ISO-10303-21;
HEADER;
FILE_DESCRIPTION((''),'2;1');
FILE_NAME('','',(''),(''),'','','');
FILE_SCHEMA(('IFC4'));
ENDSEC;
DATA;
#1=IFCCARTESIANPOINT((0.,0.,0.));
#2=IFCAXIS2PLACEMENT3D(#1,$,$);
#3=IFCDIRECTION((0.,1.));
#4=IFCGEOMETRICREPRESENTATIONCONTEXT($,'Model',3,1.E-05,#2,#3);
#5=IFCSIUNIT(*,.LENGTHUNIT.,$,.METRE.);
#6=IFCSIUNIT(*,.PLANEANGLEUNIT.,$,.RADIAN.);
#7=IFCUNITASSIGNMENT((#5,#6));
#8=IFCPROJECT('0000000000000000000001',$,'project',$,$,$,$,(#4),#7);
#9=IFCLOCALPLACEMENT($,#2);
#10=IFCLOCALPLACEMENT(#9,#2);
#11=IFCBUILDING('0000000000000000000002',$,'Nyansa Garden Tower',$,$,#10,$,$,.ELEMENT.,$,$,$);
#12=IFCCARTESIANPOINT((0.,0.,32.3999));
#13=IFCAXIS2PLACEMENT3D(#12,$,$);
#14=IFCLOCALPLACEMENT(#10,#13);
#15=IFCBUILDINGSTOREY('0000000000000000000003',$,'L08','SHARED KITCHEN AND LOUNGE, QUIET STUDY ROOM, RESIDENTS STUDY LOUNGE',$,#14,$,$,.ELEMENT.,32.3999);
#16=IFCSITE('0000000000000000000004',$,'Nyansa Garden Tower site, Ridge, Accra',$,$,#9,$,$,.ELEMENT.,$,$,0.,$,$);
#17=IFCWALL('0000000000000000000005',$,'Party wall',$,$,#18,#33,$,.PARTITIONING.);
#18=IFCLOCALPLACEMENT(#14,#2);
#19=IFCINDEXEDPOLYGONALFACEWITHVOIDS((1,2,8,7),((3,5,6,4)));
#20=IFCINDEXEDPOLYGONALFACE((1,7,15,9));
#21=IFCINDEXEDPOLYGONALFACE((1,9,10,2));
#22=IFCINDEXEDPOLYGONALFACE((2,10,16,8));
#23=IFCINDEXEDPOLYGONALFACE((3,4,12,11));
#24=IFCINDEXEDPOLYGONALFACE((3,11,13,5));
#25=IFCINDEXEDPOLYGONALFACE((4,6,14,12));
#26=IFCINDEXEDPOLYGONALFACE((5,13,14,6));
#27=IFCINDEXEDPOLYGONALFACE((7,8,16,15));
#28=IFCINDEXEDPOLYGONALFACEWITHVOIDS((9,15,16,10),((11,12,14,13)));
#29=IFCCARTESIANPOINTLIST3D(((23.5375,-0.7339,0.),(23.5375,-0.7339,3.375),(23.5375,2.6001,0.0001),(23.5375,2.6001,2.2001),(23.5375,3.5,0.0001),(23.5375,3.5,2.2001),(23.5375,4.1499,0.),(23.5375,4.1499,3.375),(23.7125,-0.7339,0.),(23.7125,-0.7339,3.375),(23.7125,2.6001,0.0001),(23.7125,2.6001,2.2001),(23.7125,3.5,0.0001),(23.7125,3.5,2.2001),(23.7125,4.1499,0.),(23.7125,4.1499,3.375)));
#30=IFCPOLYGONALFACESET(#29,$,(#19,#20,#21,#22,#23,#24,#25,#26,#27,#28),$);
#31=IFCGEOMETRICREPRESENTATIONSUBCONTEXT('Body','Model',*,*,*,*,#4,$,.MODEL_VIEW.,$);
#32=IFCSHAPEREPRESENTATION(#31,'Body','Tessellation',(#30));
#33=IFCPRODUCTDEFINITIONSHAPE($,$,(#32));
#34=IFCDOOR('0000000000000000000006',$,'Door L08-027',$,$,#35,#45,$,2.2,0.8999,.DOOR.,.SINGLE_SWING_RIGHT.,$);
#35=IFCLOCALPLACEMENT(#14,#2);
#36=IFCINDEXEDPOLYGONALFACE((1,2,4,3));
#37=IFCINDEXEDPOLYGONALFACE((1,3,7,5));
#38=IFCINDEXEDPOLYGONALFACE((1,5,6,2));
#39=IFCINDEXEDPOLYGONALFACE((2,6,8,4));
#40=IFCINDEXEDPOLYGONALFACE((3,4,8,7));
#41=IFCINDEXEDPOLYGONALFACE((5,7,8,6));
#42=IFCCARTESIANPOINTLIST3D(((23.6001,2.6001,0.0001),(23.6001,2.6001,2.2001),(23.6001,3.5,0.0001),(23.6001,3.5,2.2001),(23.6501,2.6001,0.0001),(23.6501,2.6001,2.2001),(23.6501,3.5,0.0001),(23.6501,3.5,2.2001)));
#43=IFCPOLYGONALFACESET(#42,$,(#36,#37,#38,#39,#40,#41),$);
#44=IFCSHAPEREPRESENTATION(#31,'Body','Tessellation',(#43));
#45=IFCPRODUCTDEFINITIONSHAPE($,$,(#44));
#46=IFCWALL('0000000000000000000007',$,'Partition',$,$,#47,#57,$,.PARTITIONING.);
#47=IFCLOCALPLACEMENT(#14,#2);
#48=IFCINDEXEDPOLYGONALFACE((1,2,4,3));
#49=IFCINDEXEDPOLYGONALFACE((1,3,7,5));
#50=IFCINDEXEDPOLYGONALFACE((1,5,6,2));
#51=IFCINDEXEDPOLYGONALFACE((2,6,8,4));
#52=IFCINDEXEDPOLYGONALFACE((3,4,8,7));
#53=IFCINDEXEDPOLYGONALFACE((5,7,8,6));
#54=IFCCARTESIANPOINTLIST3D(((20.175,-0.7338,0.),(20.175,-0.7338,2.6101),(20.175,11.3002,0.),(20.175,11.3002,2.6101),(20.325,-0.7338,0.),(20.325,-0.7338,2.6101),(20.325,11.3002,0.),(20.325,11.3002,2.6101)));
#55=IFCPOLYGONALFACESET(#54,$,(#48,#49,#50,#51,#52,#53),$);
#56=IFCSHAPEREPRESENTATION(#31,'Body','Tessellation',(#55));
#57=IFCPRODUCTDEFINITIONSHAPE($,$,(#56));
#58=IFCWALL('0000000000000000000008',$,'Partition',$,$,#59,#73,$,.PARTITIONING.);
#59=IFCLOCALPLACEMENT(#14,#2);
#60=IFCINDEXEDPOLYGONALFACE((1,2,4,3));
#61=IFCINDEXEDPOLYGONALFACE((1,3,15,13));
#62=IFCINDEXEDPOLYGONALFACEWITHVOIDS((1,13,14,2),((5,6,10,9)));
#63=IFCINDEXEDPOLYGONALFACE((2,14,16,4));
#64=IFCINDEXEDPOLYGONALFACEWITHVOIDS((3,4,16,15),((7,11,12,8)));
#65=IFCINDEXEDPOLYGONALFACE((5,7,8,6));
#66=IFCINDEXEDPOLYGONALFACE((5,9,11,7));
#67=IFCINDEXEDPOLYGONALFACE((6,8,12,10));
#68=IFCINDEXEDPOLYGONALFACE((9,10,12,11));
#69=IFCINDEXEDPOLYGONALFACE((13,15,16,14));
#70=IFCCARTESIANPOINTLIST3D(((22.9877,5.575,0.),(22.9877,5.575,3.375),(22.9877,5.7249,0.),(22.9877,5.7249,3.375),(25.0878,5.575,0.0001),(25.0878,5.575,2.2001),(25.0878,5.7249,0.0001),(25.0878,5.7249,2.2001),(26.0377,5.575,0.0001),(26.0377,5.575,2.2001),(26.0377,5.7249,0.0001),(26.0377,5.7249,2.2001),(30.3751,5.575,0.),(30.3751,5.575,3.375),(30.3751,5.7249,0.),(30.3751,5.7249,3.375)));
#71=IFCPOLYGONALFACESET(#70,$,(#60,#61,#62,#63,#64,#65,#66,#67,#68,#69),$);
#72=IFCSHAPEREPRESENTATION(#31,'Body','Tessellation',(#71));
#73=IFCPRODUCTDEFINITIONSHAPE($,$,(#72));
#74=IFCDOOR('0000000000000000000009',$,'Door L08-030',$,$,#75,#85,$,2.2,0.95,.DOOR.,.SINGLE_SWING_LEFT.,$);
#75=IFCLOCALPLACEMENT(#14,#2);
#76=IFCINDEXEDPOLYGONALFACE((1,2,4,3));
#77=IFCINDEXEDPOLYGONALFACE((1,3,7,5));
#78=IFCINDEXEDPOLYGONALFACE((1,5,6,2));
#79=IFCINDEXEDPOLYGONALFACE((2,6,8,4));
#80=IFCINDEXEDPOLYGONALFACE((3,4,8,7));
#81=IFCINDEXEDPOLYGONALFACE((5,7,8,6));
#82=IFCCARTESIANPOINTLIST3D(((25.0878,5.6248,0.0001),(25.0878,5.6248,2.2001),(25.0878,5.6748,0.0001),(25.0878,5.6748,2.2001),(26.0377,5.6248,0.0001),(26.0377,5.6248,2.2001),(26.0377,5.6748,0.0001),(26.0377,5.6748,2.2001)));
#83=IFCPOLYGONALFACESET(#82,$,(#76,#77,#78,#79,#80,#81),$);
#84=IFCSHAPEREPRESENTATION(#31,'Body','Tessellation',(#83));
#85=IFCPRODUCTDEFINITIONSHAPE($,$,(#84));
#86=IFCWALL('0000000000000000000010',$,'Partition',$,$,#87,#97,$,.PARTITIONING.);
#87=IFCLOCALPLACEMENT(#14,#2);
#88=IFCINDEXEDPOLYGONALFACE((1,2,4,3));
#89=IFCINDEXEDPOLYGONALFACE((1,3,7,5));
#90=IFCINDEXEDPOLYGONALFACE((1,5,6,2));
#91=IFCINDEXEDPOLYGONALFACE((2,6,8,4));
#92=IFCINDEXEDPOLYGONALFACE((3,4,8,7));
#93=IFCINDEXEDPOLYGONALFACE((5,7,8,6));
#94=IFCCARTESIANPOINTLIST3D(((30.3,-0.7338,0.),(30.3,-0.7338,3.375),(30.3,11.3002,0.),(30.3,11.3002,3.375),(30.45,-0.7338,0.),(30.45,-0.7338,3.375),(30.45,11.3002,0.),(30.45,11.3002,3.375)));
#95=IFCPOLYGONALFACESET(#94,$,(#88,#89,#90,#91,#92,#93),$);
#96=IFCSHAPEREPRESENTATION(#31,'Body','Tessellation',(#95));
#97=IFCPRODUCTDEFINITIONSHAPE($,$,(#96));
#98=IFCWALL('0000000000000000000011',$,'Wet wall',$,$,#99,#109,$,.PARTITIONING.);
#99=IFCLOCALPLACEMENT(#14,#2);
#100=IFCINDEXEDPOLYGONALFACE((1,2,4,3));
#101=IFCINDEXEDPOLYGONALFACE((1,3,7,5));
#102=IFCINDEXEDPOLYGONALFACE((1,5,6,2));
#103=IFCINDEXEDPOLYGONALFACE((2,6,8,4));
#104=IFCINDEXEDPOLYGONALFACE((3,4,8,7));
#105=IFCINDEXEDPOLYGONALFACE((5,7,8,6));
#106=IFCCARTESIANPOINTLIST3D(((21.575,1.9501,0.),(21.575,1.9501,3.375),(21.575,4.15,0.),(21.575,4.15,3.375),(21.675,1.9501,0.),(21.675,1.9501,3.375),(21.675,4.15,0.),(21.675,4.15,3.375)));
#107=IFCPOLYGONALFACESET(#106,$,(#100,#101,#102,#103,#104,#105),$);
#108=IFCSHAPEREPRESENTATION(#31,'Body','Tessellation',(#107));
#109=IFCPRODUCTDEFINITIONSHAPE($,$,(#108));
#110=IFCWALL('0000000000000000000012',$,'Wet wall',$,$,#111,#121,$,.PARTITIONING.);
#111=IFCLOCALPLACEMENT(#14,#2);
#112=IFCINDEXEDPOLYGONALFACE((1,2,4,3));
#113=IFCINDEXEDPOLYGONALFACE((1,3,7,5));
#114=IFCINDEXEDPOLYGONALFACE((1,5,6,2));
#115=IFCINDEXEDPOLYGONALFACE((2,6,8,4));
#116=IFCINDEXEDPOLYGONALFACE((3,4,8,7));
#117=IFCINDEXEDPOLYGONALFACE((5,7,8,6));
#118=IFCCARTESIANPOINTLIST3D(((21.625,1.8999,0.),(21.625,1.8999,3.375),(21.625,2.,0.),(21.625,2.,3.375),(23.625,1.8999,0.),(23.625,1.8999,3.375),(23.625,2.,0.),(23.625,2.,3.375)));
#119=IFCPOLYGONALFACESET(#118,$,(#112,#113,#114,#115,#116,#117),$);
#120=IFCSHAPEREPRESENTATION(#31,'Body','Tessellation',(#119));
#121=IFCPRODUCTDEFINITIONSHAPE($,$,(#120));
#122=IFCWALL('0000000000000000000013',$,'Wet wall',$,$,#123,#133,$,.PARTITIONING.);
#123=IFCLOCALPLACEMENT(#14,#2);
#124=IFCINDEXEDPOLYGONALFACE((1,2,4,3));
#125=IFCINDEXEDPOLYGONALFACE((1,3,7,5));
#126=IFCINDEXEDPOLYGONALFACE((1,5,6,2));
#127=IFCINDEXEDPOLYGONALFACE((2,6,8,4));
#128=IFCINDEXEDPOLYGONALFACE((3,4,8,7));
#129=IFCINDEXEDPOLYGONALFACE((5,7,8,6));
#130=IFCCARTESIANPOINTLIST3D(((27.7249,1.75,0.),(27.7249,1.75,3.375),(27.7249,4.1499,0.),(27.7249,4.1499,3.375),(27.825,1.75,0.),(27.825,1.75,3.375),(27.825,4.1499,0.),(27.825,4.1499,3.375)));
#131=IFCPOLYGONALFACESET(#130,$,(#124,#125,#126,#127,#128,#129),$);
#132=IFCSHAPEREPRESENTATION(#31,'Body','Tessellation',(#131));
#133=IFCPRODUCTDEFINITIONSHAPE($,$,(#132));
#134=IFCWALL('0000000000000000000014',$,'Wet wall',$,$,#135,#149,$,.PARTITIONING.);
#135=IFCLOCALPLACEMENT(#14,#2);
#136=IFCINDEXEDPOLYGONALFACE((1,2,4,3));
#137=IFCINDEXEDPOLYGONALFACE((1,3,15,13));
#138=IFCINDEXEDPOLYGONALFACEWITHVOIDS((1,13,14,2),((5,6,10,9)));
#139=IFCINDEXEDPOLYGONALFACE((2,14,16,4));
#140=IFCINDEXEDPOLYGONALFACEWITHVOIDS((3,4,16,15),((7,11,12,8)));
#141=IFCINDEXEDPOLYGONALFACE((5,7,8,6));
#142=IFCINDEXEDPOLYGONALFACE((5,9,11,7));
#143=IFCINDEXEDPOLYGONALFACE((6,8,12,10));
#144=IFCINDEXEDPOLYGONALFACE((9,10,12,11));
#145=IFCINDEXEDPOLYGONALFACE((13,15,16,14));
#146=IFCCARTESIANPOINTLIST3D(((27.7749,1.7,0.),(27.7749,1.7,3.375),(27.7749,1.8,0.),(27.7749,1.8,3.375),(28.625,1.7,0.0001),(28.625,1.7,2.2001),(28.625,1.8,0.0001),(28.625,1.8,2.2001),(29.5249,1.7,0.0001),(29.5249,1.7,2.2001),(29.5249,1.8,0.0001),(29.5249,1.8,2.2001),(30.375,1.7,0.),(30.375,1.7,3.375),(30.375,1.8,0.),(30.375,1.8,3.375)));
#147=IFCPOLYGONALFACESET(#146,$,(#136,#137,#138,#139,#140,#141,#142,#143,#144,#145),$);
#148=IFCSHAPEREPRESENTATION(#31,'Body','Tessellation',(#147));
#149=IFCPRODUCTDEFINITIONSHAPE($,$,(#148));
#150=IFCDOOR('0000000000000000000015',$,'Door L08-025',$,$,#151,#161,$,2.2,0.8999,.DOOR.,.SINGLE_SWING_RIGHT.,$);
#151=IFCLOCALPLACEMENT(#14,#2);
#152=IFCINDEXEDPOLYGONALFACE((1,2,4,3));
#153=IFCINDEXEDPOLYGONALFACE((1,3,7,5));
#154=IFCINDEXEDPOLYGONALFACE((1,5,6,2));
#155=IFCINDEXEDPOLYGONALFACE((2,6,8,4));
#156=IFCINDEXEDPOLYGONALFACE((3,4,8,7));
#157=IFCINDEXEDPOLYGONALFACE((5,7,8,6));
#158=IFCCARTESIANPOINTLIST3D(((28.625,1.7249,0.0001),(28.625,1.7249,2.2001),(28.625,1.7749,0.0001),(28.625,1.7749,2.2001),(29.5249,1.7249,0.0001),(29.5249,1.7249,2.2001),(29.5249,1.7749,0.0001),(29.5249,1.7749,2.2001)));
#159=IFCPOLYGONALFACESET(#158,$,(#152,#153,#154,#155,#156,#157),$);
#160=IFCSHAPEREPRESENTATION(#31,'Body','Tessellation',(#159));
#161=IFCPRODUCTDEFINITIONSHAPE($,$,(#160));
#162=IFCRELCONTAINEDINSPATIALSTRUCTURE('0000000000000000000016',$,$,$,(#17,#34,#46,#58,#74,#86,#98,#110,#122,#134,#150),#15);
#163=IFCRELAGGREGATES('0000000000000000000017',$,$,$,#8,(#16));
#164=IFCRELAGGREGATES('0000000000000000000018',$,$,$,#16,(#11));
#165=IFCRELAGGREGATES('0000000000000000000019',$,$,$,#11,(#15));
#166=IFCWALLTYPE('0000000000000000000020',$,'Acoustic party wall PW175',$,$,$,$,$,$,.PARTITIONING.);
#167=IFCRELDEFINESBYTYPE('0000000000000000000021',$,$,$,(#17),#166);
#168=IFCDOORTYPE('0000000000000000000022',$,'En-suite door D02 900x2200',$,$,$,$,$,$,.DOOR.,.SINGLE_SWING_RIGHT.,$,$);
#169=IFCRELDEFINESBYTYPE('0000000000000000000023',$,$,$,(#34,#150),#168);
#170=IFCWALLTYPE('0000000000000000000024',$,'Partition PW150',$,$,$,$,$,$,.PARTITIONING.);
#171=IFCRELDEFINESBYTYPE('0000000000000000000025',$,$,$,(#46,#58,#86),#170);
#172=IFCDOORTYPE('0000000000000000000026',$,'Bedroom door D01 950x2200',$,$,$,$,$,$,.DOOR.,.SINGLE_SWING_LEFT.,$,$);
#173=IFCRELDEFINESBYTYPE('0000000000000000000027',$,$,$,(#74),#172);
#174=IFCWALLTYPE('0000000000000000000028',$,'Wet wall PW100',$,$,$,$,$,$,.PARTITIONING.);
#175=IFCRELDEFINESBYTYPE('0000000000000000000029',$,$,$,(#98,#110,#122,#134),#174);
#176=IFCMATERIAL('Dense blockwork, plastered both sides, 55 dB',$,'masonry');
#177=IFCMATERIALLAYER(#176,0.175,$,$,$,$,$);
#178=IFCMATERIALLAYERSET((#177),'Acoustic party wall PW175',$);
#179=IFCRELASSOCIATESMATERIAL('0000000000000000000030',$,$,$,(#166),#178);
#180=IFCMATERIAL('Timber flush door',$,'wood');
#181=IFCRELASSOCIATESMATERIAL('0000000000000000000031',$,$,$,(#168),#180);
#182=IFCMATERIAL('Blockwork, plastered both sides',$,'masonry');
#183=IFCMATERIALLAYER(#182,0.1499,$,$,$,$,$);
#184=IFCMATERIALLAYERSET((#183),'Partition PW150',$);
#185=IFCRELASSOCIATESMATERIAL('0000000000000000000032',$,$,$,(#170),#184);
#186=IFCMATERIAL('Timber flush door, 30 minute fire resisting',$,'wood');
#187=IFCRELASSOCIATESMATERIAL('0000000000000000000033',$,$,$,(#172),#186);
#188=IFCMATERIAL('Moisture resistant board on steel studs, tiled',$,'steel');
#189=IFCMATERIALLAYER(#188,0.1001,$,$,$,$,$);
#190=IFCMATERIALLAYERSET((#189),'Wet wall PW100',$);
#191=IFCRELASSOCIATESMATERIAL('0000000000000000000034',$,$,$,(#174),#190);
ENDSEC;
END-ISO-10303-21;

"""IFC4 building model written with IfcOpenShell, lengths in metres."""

from ifc_helpers import new_model, si_unit, direction, frame, frame_2d, origin, place, context, subcontext, project, spatial, rectangle, extrude, material, layer, layer_set, type_object, element, fill, save


model = new_model("IFC4")

# Units and contexts
model_context = context("Model", 3, precision=1e-05, world=origin(), true_north=direction((0.0, 1.0)))
body_context = subcontext(model_context, "Body", "Model", "MODEL_VIEW")
ifc_project = project(units=[si_unit("LENGTHUNIT", "METRE"), si_unit("PLANEANGLEUNIT", "RADIAN")], contexts=[model_context])

# Site, building, storey
site_placement = place(None, origin())
site = spatial("IfcSite", under=ifc_project, at=site_placement, Name="Nyansa Garden Tower site, Ridge, Accra", CompositionType="ELEMENT", RefElevation=0.0)
building_placement = place(site_placement, origin())
building = spatial("IfcBuilding", under=site, at=building_placement, Name="Nyansa Garden Tower", CompositionType="ELEMENT")
storey_placement = place(building_placement, frame((0.0, 0.0, 32.3999)))
storey = spatial("IfcBuildingStorey", under=building, at=storey_placement, Name="L08", Description="SHARED KITCHEN AND LOUNGE, QUIET STUDY ROOM, RESIDENTS STUDY LOUNGE", CompositionType="ELEMENT", Elevation=32.3999)

# Wall, opening, door
ifc_material_1 = material(Name="Dense blockwork, plastered both sides, 55 dB", Category="masonry")
ifc_layer_1 = layer(ifc_material_1, 0.175)
ifc_layer_set_1 = layer_set([ifc_layer_1], Name="Acoustic party wall PW175")
wall_type_1 = type_object("IfcWallType", Name="Acoustic party wall PW175", PredefinedType="PARTITIONING", material=ifc_layer_set_1)
wall_1_placement = place(storey_placement, frame((23.625, -0.7339, 0.0), z_axis=(0.0, 0.0, 1.0), x_axis=(0.0, 1.0, 0.0)))
wall_1 = element("IfcWall", 1, at=wall_1_placement, inside=storey, type_object=wall_type_1, Name="Party wall", PredefinedType="PARTITIONING", context=body_context, shape_type="SweptSolid", body=[
    extrude(rectangle(XDim=4.8838, YDim=0.175, at=frame_2d((2.4419, 0.0))), origin(), (0.0, 0.0, 1.0), 3.375),
])
opening_1_placement = place(wall_1_placement, frame((3.334, 0.0, 0.0)))
opening_1 = element("IfcOpeningElement", 2, at=opening_1_placement, cuts=wall_1, PredefinedType="OPENING", context=body_context, shape_type="SweptSolid", body=[
    extrude(rectangle(XDim=0.8999, YDim=2.2, at=frame_2d((0.45, 1.1001))), frame((0.0, 0.0974, 0.0), z_axis=(0.0, -1.0, 0.0), x_axis=(1.0, 0.0, 0.0)), (0.0, 0.0, 1.0), 0.1951),
])
ifc_material_2 = material(Name="Timber flush door", Category="wood")
door_type_1 = type_object("IfcDoorType", Name="En-suite door D02 900x2200", OperationType="SINGLE_SWING_RIGHT", PredefinedType="DOOR", material=ifc_material_2)
door_1_placement = place(opening_1_placement, origin())
door_1 = element("IfcDoor", 3, at=door_1_placement, inside=storey, type_object=door_type_1, Name="Door L08-027", OperationType="SINGLE_SWING_RIGHT", OverallHeight=2.2, OverallWidth=0.8999, PredefinedType="DOOR", context=body_context, shape_type="SweptSolid", body=[
    extrude(rectangle(XDim=0.8999, YDim=2.2, at=frame_2d((0.45, 1.1001))), frame((0.0, 0.0249, 0.0), z_axis=(0.0, -1.0, 0.0), x_axis=(1.0, 0.0, 0.0)), (0.0, 0.0, 1.0), 0.05),
])
fill(opening_1, door_1)

# Wall
ifc_material_3 = material(Name="Blockwork, plastered both sides", Category="masonry")
ifc_layer_2 = layer(ifc_material_3, 0.1499)
ifc_layer_set_2 = layer_set([ifc_layer_2], Name="Partition PW150")
wall_type_2 = type_object("IfcWallType", Name="Partition PW150", PredefinedType="PARTITIONING", material=ifc_layer_set_2)
wall_2_placement = place(storey_placement, frame((20.25, -0.7339, 0.0), z_axis=(0.0, 0.0, 1.0), x_axis=(0.0, 1.0, 0.0)))
element("IfcWall", 4, at=wall_2_placement, inside=storey, type_object=wall_type_2, Name="Partition", PredefinedType="PARTITIONING", context=body_context, shape_type="SweptSolid", body=[
    extrude(rectangle(XDim=12.0339, YDim=0.1499, at=frame_2d((6.0171, 0.0))), origin(), (0.0, 0.0, 1.0), 2.6101),
])

# Wall, opening, door
wall_3_placement = place(storey_placement, frame((22.9875, 5.6499, 0.0), z_axis=(0.0, 0.0, 1.0), x_axis=(1.0, 0.0, 0.0)))
wall_3 = element("IfcWall", 5, at=wall_3_placement, inside=storey, type_object=wall_type_2, Name="Partition", PredefinedType="PARTITIONING", context=body_context, shape_type="SweptSolid", body=[
    extrude(rectangle(XDim=7.3875, YDim=0.1499, at=frame_2d((3.6938, 0.0))), origin(), (0.0, 0.0, 1.0), 3.375),
])
opening_2_placement = place(wall_3_placement, frame((2.1001, 0.0, 0.0)))
opening_2 = element("IfcOpeningElement", 6, at=opening_2_placement, cuts=wall_3, PredefinedType="OPENING", context=body_context, shape_type="SweptSolid", body=[
    extrude(rectangle(XDim=0.95, YDim=2.2, at=frame_2d((0.4751, 1.1001))), frame((0.0, 0.085, 0.0), z_axis=(0.0, -1.0, 0.0), x_axis=(1.0, 0.0, 0.0)), (0.0, 0.0, 1.0), 0.1699),
])
ifc_material_4 = material(Name="Timber flush door, 30 minute fire resisting", Category="wood")
door_type_2 = type_object("IfcDoorType", Name="Bedroom door D01 950x2200", OperationType="SINGLE_SWING_LEFT", PredefinedType="DOOR", material=ifc_material_4)
door_2_placement = place(opening_2_placement, origin())
door_2 = element("IfcDoor", 7, at=door_2_placement, inside=storey, type_object=door_type_2, Name="Door L08-030", OperationType="SINGLE_SWING_LEFT", OverallHeight=2.2, OverallWidth=0.95, PredefinedType="DOOR", context=body_context, shape_type="SweptSolid", body=[
    extrude(rectangle(XDim=0.95, YDim=2.2, at=frame_2d((0.4751, 1.1001))), frame((0.0, 0.0249, 0.0), z_axis=(0.0, -1.0, 0.0), x_axis=(1.0, 0.0, 0.0)), (0.0, 0.0, 1.0), 0.05),
])
fill(opening_2, door_2)

# Walls
wall_4_placement = place(storey_placement, frame((30.375, -0.7339, 0.0), z_axis=(0.0, 0.0, 1.0), x_axis=(0.0, 1.0, 0.0)))
element("IfcWall", 8, at=wall_4_placement, inside=storey, type_object=wall_type_2, Name="Partition", PredefinedType="PARTITIONING", context=body_context, shape_type="SweptSolid", body=[
    extrude(rectangle(XDim=12.0339, YDim=0.1499, at=frame_2d((6.0171, 0.0))), origin(), (0.0, 0.0, 1.0), 3.375),
])
ifc_material_5 = material(Name="Moisture resistant board on steel studs, tiled", Category="steel")
ifc_layer_3 = layer(ifc_material_5, 0.1001)
ifc_layer_set_3 = layer_set([ifc_layer_3], Name="Wet wall PW100")
wall_type_3 = type_object("IfcWallType", Name="Wet wall PW100", PredefinedType="PARTITIONING", material=ifc_layer_set_3)
wall_5_placement = place(storey_placement, frame((21.625, 1.95, 0.0), z_axis=(0.0, 0.0, 1.0), x_axis=(0.0, 1.0, 0.0)))
element("IfcWall", 9, at=wall_5_placement, inside=storey, type_object=wall_type_3, Name="Wet wall", PredefinedType="PARTITIONING", context=body_context, shape_type="SweptSolid", body=[
    extrude(rectangle(XDim=2.2, YDim=0.1001, at=frame_2d((1.1001, 0.0))), origin(), (0.0, 0.0, 1.0), 3.375),
])
wall_6_placement = place(storey_placement, frame((21.625, 1.95, 0.0), z_axis=(0.0, 0.0, 1.0), x_axis=(1.0, 0.0, 0.0)))
element("IfcWall", 10, at=wall_6_placement, inside=storey, type_object=wall_type_3, Name="Wet wall", PredefinedType="PARTITIONING", context=body_context, shape_type="SweptSolid", body=[
    extrude(rectangle(XDim=2.0, YDim=0.1001, at=frame_2d((1.0, 0.0))), origin(), (0.0, 0.0, 1.0), 3.375),
])
wall_7_placement = place(storey_placement, frame((27.7749, 1.75, 0.0), z_axis=(0.0, 0.0, 1.0), x_axis=(0.0, 1.0, 0.0)))
element("IfcWall", 11, at=wall_7_placement, inside=storey, type_object=wall_type_3, Name="Wet wall", PredefinedType="PARTITIONING", context=body_context, shape_type="SweptSolid", body=[
    extrude(rectangle(XDim=2.3999, YDim=0.1001, at=frame_2d((1.2, 0.0))), origin(), (0.0, 0.0, 1.0), 3.375),
])

# Wall, opening, door
wall_8_placement = place(storey_placement, frame((27.7749, 1.75, 0.0), z_axis=(0.0, 0.0, 1.0), x_axis=(1.0, 0.0, 0.0)))
wall_8 = element("IfcWall", 12, at=wall_8_placement, inside=storey, type_object=wall_type_3, Name="Wet wall", PredefinedType="PARTITIONING", context=body_context, shape_type="SweptSolid", body=[
    extrude(rectangle(XDim=2.6001, YDim=0.1001, at=frame_2d((1.3, 0.0))), origin(), (0.0, 0.0, 1.0), 3.375),
])
opening_3_placement = place(wall_8_placement, frame((0.8501, 0.0, 0.0)))
opening_3 = element("IfcOpeningElement", 13, at=opening_3_placement, cuts=wall_8, PredefinedType="OPENING", context=body_context, shape_type="SweptSolid", body=[
    extrude(rectangle(XDim=0.8999, YDim=2.2, at=frame_2d((0.45, 1.1001))), frame((0.0, 0.0601, 0.0), z_axis=(0.0, -1.0, 0.0), x_axis=(1.0, 0.0, 0.0)), (0.0, 0.0, 1.0), 0.1201),
])
door_3_placement = place(opening_3_placement, origin())
door_3 = element("IfcDoor", 14, at=door_3_placement, inside=storey, type_object=door_type_1, Name="Door L08-025", OperationType="SINGLE_SWING_RIGHT", OverallHeight=2.2, OverallWidth=0.8999, PredefinedType="DOOR", context=body_context, shape_type="SweptSolid", body=[
    extrude(rectangle(XDim=0.8999, YDim=2.2, at=frame_2d((0.45, 1.1001))), frame((0.0, 0.0249, 0.0), z_axis=(0.0, -1.0, 0.0), x_axis=(1.0, 0.0, 0.0)), (0.0, 0.0, 1.0), 0.05),
])
fill(opening_3, door_3)

save(model, "model.ifc")
